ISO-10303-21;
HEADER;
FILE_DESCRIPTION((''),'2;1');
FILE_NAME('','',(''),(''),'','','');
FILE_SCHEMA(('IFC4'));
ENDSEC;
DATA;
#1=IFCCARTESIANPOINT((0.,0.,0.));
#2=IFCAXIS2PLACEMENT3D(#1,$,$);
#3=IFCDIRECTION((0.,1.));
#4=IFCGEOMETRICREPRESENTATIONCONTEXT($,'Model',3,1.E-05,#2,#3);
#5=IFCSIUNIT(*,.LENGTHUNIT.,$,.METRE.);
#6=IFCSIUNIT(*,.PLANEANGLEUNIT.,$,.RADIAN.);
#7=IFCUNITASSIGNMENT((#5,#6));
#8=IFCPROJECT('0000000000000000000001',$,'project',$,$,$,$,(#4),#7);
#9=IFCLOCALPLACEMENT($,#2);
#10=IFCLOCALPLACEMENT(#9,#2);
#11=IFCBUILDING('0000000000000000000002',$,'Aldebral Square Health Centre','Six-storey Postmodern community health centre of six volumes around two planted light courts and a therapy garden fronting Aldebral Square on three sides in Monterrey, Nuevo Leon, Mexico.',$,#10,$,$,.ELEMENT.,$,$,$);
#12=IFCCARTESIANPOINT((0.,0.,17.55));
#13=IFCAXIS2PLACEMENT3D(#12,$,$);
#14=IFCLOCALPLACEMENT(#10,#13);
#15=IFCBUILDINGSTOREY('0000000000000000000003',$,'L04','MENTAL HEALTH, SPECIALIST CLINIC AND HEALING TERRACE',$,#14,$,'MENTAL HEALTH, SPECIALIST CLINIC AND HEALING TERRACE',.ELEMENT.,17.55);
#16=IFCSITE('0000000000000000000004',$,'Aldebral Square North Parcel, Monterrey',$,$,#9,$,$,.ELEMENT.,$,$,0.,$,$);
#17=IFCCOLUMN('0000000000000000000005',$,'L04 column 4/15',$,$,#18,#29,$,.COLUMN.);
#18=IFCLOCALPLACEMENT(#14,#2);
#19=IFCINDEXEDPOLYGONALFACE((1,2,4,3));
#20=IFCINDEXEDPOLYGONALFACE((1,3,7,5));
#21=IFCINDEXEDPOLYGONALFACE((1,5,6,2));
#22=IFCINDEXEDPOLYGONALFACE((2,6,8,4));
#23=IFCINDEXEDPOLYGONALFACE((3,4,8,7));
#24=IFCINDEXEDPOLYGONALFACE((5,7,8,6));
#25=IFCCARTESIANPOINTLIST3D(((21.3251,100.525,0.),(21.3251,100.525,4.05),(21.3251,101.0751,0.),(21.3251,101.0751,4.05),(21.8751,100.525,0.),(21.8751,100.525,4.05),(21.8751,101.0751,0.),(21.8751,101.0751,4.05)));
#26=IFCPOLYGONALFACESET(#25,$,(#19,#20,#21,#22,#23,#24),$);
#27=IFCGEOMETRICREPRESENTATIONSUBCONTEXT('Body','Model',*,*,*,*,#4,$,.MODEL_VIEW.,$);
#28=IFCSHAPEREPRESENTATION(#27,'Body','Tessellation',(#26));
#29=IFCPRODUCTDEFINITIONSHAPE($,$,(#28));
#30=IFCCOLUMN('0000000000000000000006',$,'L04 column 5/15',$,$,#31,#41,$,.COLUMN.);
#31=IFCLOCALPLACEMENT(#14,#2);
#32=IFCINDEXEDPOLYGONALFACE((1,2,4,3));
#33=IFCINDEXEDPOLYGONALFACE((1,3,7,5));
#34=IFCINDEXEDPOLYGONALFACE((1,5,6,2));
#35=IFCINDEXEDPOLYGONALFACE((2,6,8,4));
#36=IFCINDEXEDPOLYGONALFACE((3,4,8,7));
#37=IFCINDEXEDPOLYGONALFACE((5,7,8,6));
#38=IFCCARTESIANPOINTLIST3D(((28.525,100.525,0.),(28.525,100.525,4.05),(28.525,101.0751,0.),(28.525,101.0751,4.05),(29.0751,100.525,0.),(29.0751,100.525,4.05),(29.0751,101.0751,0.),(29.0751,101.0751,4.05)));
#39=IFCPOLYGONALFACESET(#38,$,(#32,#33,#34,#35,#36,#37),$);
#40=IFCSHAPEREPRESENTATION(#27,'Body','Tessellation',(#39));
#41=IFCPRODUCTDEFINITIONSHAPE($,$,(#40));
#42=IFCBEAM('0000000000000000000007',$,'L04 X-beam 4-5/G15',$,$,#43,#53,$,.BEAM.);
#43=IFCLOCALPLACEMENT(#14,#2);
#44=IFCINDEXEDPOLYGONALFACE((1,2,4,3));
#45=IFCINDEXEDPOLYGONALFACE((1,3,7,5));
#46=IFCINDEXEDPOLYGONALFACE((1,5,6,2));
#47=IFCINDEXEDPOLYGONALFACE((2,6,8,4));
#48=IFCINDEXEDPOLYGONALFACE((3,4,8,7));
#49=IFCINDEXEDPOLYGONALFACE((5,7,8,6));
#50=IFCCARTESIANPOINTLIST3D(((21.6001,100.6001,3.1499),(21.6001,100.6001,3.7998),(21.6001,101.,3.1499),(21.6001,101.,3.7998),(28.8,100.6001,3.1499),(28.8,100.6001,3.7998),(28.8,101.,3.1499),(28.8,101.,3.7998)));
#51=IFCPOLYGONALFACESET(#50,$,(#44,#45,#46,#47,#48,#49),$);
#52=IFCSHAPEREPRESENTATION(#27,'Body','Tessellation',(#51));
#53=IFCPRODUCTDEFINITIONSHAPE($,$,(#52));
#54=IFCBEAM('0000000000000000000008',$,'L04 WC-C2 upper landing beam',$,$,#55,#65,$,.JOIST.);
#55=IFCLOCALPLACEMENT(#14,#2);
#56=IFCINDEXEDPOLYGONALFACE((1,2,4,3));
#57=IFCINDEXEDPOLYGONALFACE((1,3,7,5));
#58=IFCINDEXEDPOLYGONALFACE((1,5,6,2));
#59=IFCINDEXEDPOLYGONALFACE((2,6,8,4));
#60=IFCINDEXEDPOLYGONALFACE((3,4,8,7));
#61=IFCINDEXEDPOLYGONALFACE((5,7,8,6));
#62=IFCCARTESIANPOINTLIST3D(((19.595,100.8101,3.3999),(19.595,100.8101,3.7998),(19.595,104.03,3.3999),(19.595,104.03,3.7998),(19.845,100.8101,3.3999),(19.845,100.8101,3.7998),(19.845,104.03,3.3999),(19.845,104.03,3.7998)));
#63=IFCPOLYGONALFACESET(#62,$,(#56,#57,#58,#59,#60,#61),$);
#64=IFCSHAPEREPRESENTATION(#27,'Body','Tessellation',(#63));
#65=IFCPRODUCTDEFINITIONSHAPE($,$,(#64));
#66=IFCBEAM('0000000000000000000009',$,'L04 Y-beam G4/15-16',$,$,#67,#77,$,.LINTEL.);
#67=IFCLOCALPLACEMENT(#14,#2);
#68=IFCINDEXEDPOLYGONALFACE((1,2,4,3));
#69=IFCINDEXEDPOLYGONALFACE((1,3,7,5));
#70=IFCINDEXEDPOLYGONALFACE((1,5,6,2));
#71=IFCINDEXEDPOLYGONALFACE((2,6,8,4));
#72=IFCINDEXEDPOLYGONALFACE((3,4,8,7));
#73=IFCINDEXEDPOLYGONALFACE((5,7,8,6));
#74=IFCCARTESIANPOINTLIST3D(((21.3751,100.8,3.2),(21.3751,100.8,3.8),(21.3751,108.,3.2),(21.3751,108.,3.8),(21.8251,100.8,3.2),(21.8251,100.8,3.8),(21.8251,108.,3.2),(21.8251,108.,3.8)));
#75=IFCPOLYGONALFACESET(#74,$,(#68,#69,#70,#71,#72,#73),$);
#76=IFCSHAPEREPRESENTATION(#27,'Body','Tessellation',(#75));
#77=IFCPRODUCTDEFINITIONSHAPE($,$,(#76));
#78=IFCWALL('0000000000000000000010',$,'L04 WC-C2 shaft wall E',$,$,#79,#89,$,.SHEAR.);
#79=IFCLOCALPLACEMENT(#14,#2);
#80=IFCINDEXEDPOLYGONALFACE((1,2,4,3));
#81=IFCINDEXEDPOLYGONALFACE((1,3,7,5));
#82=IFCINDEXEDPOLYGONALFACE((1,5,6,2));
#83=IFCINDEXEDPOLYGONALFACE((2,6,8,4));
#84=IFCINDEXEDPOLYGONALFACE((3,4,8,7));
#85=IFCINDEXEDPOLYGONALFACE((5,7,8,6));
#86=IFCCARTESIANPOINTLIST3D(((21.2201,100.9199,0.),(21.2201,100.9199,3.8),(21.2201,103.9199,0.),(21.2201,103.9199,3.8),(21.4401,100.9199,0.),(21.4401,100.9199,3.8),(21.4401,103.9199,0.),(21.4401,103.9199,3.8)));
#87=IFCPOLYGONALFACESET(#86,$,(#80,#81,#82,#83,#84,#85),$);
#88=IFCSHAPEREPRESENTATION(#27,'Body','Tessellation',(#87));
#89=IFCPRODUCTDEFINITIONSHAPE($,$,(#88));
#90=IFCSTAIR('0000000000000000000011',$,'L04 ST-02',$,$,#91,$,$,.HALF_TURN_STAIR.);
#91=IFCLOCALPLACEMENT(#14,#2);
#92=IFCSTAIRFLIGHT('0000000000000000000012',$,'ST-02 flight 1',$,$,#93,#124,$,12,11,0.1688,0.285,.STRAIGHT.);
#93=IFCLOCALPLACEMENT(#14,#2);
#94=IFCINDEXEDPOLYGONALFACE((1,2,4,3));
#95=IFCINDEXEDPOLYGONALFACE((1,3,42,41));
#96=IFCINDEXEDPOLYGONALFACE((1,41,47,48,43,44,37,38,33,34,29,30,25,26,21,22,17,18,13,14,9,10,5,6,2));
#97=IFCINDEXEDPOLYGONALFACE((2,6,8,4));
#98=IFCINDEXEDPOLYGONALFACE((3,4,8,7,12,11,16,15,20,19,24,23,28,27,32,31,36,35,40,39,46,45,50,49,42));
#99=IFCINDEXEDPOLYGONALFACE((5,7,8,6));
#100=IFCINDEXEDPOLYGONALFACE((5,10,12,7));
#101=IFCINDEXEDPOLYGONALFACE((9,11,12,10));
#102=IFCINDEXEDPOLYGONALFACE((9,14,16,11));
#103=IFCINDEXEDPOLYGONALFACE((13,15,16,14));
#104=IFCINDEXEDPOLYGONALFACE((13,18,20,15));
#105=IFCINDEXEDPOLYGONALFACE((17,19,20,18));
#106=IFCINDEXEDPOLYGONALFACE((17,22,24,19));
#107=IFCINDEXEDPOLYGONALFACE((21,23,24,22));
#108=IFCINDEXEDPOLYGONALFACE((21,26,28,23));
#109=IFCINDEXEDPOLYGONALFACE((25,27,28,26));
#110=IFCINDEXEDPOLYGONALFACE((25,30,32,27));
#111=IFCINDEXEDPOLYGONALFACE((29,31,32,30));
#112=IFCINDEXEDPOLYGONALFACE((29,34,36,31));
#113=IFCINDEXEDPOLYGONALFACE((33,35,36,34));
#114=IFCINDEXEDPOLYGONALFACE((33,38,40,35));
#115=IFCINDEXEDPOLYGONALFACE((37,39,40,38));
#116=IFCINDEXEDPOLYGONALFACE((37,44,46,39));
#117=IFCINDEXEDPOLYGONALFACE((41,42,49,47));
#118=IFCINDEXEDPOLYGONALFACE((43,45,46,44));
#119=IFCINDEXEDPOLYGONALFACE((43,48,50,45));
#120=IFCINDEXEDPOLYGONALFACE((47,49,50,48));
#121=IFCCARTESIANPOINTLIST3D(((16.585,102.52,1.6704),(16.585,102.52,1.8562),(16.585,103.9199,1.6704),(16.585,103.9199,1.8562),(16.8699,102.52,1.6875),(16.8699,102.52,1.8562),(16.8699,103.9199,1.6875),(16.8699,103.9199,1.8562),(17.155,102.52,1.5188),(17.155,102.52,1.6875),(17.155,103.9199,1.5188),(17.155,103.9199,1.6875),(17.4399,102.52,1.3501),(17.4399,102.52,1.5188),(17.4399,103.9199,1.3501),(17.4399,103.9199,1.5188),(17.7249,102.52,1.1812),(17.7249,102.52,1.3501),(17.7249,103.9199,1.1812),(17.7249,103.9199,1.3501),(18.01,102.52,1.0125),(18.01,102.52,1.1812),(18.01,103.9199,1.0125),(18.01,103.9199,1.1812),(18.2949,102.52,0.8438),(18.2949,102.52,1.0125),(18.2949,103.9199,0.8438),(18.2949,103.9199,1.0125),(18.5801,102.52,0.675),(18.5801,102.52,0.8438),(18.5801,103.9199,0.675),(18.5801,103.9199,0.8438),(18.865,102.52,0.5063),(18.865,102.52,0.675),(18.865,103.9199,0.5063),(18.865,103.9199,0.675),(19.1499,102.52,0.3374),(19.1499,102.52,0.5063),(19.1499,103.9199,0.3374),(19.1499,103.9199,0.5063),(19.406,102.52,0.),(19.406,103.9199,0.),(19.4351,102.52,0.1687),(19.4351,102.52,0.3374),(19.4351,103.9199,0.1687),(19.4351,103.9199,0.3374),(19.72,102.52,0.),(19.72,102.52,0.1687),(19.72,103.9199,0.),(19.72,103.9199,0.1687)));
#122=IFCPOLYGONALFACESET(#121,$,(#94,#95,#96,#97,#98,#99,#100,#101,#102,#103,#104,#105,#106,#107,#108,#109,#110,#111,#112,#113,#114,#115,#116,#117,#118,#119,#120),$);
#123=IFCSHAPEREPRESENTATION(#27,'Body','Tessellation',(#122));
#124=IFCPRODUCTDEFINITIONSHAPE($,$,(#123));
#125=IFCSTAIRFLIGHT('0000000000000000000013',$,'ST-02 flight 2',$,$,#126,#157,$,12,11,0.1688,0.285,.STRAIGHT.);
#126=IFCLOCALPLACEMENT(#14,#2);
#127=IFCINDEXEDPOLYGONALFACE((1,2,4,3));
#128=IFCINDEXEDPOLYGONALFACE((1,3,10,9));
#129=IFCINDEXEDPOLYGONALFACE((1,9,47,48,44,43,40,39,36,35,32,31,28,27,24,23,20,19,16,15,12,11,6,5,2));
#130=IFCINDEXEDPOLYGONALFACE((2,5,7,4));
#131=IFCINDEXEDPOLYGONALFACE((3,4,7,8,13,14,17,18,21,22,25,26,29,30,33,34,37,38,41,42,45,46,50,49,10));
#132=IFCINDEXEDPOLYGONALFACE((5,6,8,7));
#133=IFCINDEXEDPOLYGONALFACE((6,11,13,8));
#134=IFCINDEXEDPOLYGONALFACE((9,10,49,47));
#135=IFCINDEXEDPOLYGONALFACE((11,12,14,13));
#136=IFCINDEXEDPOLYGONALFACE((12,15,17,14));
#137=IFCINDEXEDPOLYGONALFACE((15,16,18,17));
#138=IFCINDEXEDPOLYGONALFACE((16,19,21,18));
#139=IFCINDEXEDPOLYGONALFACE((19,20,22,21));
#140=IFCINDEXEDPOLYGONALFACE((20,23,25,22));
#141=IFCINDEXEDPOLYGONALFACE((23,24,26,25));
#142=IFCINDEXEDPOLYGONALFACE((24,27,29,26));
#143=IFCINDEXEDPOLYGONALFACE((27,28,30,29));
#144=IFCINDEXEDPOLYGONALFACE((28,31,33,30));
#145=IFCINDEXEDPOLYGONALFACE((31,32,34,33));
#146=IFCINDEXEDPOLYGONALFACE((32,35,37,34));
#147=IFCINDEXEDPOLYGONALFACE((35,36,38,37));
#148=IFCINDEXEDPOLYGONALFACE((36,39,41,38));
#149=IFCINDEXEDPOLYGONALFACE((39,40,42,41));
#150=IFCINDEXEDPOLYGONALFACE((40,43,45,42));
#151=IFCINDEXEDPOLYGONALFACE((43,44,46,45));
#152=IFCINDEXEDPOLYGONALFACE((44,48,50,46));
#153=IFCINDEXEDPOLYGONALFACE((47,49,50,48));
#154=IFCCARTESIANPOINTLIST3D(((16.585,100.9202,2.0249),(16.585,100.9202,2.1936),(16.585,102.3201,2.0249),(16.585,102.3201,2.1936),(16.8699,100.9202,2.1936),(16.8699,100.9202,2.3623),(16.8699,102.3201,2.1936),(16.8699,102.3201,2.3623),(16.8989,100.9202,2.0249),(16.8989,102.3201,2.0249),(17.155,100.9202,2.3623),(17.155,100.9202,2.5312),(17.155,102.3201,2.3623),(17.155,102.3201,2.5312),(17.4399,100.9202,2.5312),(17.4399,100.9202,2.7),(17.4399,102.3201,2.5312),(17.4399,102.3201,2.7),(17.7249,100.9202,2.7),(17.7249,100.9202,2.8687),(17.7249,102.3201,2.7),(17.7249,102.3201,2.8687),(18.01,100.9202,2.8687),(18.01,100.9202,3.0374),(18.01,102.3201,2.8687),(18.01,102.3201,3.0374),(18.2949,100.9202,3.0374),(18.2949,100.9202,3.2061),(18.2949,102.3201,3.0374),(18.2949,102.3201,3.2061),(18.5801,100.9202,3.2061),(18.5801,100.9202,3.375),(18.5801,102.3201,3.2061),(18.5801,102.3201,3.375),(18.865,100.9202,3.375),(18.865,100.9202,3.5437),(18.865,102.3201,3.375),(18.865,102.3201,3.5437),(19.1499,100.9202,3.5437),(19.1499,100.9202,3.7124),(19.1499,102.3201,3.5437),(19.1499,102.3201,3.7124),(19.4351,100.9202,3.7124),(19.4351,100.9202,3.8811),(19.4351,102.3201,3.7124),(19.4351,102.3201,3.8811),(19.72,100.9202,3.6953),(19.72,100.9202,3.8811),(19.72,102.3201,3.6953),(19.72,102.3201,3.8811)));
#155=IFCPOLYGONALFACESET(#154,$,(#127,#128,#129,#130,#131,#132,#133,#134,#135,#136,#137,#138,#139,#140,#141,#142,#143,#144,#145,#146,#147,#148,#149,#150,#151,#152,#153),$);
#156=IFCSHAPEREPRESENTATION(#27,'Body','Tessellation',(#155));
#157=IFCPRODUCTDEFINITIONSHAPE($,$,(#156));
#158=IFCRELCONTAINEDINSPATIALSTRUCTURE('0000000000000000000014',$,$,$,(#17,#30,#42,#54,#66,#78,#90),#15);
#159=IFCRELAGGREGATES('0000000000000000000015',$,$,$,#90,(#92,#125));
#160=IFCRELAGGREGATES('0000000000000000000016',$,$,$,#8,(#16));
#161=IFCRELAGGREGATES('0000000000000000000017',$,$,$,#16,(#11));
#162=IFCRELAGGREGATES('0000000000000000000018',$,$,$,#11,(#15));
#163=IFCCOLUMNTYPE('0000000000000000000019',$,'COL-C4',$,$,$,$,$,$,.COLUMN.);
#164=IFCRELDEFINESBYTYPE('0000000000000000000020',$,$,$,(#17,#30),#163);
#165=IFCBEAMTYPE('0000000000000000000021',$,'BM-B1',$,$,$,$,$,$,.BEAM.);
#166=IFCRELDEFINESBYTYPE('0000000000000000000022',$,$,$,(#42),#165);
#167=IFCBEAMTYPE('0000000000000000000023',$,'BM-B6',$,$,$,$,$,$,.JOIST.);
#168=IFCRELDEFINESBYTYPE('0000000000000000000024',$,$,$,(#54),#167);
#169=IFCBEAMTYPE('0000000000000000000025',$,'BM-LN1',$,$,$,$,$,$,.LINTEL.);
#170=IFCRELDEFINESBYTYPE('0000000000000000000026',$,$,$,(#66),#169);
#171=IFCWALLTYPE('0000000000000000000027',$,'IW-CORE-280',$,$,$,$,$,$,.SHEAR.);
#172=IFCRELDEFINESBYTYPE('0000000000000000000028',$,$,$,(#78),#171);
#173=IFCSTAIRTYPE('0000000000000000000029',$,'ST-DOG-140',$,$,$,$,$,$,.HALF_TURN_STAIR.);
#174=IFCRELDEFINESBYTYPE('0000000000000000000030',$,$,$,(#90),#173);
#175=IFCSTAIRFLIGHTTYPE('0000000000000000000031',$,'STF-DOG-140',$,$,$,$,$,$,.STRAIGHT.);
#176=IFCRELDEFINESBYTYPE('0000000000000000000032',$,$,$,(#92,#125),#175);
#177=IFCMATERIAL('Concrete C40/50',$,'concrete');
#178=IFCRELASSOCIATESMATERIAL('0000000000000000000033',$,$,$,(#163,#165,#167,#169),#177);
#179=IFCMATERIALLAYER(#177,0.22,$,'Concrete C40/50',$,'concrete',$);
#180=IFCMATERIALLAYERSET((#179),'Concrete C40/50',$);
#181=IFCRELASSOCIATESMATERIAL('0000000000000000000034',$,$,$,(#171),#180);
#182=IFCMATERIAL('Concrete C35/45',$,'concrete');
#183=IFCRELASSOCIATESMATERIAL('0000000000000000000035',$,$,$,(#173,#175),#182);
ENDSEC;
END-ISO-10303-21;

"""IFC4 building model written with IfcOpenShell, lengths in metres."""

from ifc_helpers import new_model, si_unit, direction, frame, frame_2d, origin, origin_2d, place, context, subcontext, project, spatial, polyline, rectangle, outline, extrude, material, layer, layer_set, material_profile, profile_set, type_object, element, aggregate, save


model = new_model("IFC4")

# Units and contexts
model_context = context("Model", 3, precision=1e-05, world=origin(), true_north=direction((0.0, 1.0)))
body_context = subcontext(model_context, "Body", "Model", "MODEL_VIEW")
ifc_project = project(units=[si_unit("LENGTHUNIT", "METRE"), si_unit("PLANEANGLEUNIT", "RADIAN")], contexts=[model_context])

# Site, building, storey
site_placement = place(None, origin())
site = spatial("IfcSite", under=ifc_project, at=site_placement, Name="Aldebral Square North Parcel, Monterrey", CompositionType="ELEMENT", RefElevation=0.0)
building_placement = place(site_placement, origin())
building = spatial("IfcBuilding", under=site, at=building_placement, Name="Aldebral Square Health Centre", Description="Six-storey Postmodern community health centre of six volumes around two planted light courts and a therapy garden fronting Aldebral Square on three sides in Monterrey, Nuevo Leon, Mexico.", CompositionType="ELEMENT")
storey_placement = place(building_placement, frame((0.0, 0.0, 17.55)))
storey = spatial("IfcBuildingStorey", under=building, at=storey_placement, Name="L04", Description="MENTAL HEALTH, SPECIALIST CLINIC AND HEALING TERRACE", LongName="MENTAL HEALTH, SPECIALIST CLINIC AND HEALING TERRACE", CompositionType="ELEMENT", Elevation=17.55)

# Columns
ifc_material_1 = material(Name="Concrete C40/50", Category="concrete")
ifc_material_profile_1 = material_profile(ifc_material_1, rectangle(XDim=0.55, YDim=0.55, at=origin_2d()), Name="RC 550x550")
ifc_profile_set_1 = profile_set([ifc_material_profile_1], Name="Concrete C40/50")
column_type = type_object("IfcColumnType", Name="COL-C4", PredefinedType="COLUMN", material=ifc_profile_set_1)
for number, where, z_axis, x_axis, name in (
    (1, (21.6001, 100.8, 0.0), (0.0, 0.0, 1.0), (1.0, 0.0, 0.0), "L04 column 4/15"),
    (2, (28.8, 100.8, 0.0), (0.0, 0.0, 1.0), (1.0, 0.0, 0.0), "L04 column 5/15"),
):
    element("IfcColumn", number, at=place(storey_placement, frame(where, z_axis=z_axis, x_axis=x_axis)), inside=storey, type_object=column_type, Name=name, PredefinedType="COLUMN", context=body_context, shape_type="SweptSolid", body=[
        extrude(rectangle(XDim=0.55, YDim=0.55, at=origin_2d()), origin(), (0.0, 0.0, 1.0), 4.05),
    ])

# Beams
ifc_material_profile_2 = material_profile(ifc_material_1, rectangle(XDim=0.3999, YDim=0.6499, at=origin_2d()), Name="RC 400x650")
ifc_profile_set_2 = profile_set([ifc_material_profile_2], Name="Concrete C40/50")
beam_type_1 = type_object("IfcBeamType", Name="BM-B1", PredefinedType="BEAM", material=ifc_profile_set_2)
beam_1_placement = place(storey_placement, frame((21.6001, 100.8, 3.4749), z_axis=(1.0, 0.0, 0.0), x_axis=(0.0, 1.0, 0.0)))
element("IfcBeam", 3, at=beam_1_placement, inside=storey, type_object=beam_type_1, Name="L04 X-beam 4-5/G15", PredefinedType="BEAM", context=body_context, shape_type="SweptSolid", body=[
    extrude(rectangle(XDim=0.3999, YDim=0.6499, at=origin_2d()), origin(), (0.0, 0.0, 1.0), 7.2),
])
ifc_material_profile_3 = material_profile(ifc_material_1, rectangle(XDim=0.25, YDim=0.3999, at=origin_2d()), Name="RC 250x400")
ifc_profile_set_3 = profile_set([ifc_material_profile_3], Name="Concrete C40/50")
beam_type_2 = type_object("IfcBeamType", Name="BM-B6", PredefinedType="JOIST", material=ifc_profile_set_3)
beam_2_placement = place(storey_placement, frame((19.72, 100.8101, 3.5999), z_axis=(0.0, 1.0, 0.0), x_axis=(-1.0, 0.0, 0.0)))
element("IfcBeam", 4, at=beam_2_placement, inside=storey, type_object=beam_type_2, Name="L04 WC-C2 upper landing beam", PredefinedType="JOIST", context=body_context, shape_type="SweptSolid", body=[
    extrude(rectangle(XDim=0.25, YDim=0.3999, at=origin_2d()), origin(), (0.0, 0.0, 1.0), 3.22),
])
ifc_material_profile_4 = material_profile(ifc_material_1, rectangle(XDim=0.45, YDim=0.6001, at=origin_2d()), Name="RC 450x600")
ifc_profile_set_4 = profile_set([ifc_material_profile_4], Name="Concrete C40/50")
beam_type_3 = type_object("IfcBeamType", Name="BM-LN1", PredefinedType="LINTEL", material=ifc_profile_set_4)
beam_3_placement = place(storey_placement, frame((21.6001, 100.8, 3.5), z_axis=(0.0, 1.0, 0.0), x_axis=(-1.0, 0.0, 0.0)))
element("IfcBeam", 5, at=beam_3_placement, inside=storey, type_object=beam_type_3, Name="L04 Y-beam G4/15-16", PredefinedType="LINTEL", context=body_context, shape_type="SweptSolid", body=[
    extrude(rectangle(XDim=0.45, YDim=0.6001, at=origin_2d()), origin(), (0.0, 0.0, 1.0), 7.2),
])

# Wall
ifc_layer_1 = layer(ifc_material_1, 0.22, Name="Concrete C40/50", Category="concrete")
ifc_layer_set_1 = layer_set([ifc_layer_1], Name="Concrete C40/50")
wall_type_1 = type_object("IfcWallType", Name="IW-CORE-280", PredefinedType="SHEAR", material=ifc_layer_set_1)
wall_1_placement = place(storey_placement, frame((21.3301, 100.9199, 0.0), z_axis=(0.0, 0.0, 1.0), x_axis=(0.0, 1.0, 0.0)))
element("IfcWall", 6, at=wall_1_placement, inside=storey, type_object=wall_type_1, Name="L04 WC-C2 shaft wall E", PredefinedType="SHEAR", context=body_context, shape_type="SweptSolid", body=[
    extrude(rectangle(XDim=3.0, YDim=0.22, at=frame_2d((1.5, 0.0))), origin(), (0.0, 0.0, 1.0), 3.8),
])

# Stair, stair flights
ifc_material_2 = material(Name="Concrete C35/45", Category="concrete")
stair_type = type_object("IfcStairType", Name="ST-DOG-140", PredefinedType="HALF_TURN_STAIR", material=ifc_material_2)
stair_placement = place(storey_placement, origin())
stair = element("IfcStair", 7, at=stair_placement, inside=storey, type_object=stair_type, Name="L04 ST-02", PredefinedType="HALF_TURN_STAIR")
stair_flight_type = type_object("IfcStairFlightType", Name="STF-DOG-140", PredefinedType="STRAIGHT", material=ifc_material_2)
stair_flight_1_placement = place(storey_placement, frame((19.72, 103.22, 0.0), z_axis=(0.0, 0.0, 1.0), x_axis=(-1.0, 0.0, 0.0)))
stair_flight_1 = element("IfcStairFlight", 8, at=stair_flight_1_placement, type_object=stair_flight_type, Name="ST-02 flight 1", NumberOfRisers=12, NumberOfTreads=11, PredefinedType="STRAIGHT", RiserHeight=0.1688, TreadLength=0.285, context=body_context, shape_type="SweptSolid", body=[
    extrude(outline(polyline([(0.0, 0.0), (0.0, 0.1687), (0.2849, 0.1687), (0.2849, 0.3374), (0.5701, 0.3374), (0.5701, 0.5063), (0.855, 0.5063), (0.855, 0.675), (1.1399, 0.675), (1.1399, 0.8438), (1.425, 0.8438), (1.425, 1.0125), (1.71, 1.0125), (1.71, 1.1812), (1.9951, 1.1812), (1.9951, 1.3501), (2.28, 1.3501), (2.28, 1.5188), (2.5649, 1.5188), (2.5649, 1.6875), (2.8501, 1.6875), (2.8501, 1.8562), (3.135, 1.8562), (3.135, 2.0249), (3.135, 1.6704), (0.314, 0.0), (0.0, 0.0)])), frame((0.0, 0.7, 0.0), z_axis=(0.0, -1.0, 0.0), x_axis=(1.0, 0.0, 0.0)), (0.0, 0.0, 1.0), 1.3999),
])
stair_flight_2_placement = place(storey_placement, frame((16.585, 101.6201, 2.0249), z_axis=(0.0, 0.0, 1.0), x_axis=(1.0, 0.0, 0.0)))
stair_flight_2 = element("IfcStairFlight", 9, at=stair_flight_2_placement, type_object=stair_flight_type, Name="ST-02 flight 2", NumberOfRisers=12, NumberOfTreads=11, PredefinedType="STRAIGHT", RiserHeight=0.1688, TreadLength=0.285, context=body_context, shape_type="SweptSolid", body=[
    extrude(outline(polyline([(0.0, 0.0), (0.0, 0.1687), (0.2849, 0.1687), (0.2849, 0.3374), (0.5701, 0.3374), (0.5701, 0.5063), (0.855, 0.5063), (0.855, 0.675), (1.1399, 0.675), (1.1399, 0.8438), (1.425, 0.8438), (1.425, 1.0125), (1.71, 1.0125), (1.71, 1.1812), (1.9951, 1.1812), (1.9951, 1.3501), (2.28, 1.3501), (2.28, 1.5188), (2.5649, 1.5188), (2.5649, 1.6875), (2.8501, 1.6875), (2.8501, 1.8562), (3.135, 1.8562), (3.135, 2.0249), (3.135, 1.6704), (0.314, 0.0), (0.0, 0.0)])), frame((0.0, 0.7, 0.0), z_axis=(0.0, -1.0, 0.0), x_axis=(1.0, 0.0, 0.0)), (0.0, 0.0, 1.0), 1.3999),
])
aggregate(stair, [stair_flight_1, stair_flight_2])

save(model, "model.ifc")
